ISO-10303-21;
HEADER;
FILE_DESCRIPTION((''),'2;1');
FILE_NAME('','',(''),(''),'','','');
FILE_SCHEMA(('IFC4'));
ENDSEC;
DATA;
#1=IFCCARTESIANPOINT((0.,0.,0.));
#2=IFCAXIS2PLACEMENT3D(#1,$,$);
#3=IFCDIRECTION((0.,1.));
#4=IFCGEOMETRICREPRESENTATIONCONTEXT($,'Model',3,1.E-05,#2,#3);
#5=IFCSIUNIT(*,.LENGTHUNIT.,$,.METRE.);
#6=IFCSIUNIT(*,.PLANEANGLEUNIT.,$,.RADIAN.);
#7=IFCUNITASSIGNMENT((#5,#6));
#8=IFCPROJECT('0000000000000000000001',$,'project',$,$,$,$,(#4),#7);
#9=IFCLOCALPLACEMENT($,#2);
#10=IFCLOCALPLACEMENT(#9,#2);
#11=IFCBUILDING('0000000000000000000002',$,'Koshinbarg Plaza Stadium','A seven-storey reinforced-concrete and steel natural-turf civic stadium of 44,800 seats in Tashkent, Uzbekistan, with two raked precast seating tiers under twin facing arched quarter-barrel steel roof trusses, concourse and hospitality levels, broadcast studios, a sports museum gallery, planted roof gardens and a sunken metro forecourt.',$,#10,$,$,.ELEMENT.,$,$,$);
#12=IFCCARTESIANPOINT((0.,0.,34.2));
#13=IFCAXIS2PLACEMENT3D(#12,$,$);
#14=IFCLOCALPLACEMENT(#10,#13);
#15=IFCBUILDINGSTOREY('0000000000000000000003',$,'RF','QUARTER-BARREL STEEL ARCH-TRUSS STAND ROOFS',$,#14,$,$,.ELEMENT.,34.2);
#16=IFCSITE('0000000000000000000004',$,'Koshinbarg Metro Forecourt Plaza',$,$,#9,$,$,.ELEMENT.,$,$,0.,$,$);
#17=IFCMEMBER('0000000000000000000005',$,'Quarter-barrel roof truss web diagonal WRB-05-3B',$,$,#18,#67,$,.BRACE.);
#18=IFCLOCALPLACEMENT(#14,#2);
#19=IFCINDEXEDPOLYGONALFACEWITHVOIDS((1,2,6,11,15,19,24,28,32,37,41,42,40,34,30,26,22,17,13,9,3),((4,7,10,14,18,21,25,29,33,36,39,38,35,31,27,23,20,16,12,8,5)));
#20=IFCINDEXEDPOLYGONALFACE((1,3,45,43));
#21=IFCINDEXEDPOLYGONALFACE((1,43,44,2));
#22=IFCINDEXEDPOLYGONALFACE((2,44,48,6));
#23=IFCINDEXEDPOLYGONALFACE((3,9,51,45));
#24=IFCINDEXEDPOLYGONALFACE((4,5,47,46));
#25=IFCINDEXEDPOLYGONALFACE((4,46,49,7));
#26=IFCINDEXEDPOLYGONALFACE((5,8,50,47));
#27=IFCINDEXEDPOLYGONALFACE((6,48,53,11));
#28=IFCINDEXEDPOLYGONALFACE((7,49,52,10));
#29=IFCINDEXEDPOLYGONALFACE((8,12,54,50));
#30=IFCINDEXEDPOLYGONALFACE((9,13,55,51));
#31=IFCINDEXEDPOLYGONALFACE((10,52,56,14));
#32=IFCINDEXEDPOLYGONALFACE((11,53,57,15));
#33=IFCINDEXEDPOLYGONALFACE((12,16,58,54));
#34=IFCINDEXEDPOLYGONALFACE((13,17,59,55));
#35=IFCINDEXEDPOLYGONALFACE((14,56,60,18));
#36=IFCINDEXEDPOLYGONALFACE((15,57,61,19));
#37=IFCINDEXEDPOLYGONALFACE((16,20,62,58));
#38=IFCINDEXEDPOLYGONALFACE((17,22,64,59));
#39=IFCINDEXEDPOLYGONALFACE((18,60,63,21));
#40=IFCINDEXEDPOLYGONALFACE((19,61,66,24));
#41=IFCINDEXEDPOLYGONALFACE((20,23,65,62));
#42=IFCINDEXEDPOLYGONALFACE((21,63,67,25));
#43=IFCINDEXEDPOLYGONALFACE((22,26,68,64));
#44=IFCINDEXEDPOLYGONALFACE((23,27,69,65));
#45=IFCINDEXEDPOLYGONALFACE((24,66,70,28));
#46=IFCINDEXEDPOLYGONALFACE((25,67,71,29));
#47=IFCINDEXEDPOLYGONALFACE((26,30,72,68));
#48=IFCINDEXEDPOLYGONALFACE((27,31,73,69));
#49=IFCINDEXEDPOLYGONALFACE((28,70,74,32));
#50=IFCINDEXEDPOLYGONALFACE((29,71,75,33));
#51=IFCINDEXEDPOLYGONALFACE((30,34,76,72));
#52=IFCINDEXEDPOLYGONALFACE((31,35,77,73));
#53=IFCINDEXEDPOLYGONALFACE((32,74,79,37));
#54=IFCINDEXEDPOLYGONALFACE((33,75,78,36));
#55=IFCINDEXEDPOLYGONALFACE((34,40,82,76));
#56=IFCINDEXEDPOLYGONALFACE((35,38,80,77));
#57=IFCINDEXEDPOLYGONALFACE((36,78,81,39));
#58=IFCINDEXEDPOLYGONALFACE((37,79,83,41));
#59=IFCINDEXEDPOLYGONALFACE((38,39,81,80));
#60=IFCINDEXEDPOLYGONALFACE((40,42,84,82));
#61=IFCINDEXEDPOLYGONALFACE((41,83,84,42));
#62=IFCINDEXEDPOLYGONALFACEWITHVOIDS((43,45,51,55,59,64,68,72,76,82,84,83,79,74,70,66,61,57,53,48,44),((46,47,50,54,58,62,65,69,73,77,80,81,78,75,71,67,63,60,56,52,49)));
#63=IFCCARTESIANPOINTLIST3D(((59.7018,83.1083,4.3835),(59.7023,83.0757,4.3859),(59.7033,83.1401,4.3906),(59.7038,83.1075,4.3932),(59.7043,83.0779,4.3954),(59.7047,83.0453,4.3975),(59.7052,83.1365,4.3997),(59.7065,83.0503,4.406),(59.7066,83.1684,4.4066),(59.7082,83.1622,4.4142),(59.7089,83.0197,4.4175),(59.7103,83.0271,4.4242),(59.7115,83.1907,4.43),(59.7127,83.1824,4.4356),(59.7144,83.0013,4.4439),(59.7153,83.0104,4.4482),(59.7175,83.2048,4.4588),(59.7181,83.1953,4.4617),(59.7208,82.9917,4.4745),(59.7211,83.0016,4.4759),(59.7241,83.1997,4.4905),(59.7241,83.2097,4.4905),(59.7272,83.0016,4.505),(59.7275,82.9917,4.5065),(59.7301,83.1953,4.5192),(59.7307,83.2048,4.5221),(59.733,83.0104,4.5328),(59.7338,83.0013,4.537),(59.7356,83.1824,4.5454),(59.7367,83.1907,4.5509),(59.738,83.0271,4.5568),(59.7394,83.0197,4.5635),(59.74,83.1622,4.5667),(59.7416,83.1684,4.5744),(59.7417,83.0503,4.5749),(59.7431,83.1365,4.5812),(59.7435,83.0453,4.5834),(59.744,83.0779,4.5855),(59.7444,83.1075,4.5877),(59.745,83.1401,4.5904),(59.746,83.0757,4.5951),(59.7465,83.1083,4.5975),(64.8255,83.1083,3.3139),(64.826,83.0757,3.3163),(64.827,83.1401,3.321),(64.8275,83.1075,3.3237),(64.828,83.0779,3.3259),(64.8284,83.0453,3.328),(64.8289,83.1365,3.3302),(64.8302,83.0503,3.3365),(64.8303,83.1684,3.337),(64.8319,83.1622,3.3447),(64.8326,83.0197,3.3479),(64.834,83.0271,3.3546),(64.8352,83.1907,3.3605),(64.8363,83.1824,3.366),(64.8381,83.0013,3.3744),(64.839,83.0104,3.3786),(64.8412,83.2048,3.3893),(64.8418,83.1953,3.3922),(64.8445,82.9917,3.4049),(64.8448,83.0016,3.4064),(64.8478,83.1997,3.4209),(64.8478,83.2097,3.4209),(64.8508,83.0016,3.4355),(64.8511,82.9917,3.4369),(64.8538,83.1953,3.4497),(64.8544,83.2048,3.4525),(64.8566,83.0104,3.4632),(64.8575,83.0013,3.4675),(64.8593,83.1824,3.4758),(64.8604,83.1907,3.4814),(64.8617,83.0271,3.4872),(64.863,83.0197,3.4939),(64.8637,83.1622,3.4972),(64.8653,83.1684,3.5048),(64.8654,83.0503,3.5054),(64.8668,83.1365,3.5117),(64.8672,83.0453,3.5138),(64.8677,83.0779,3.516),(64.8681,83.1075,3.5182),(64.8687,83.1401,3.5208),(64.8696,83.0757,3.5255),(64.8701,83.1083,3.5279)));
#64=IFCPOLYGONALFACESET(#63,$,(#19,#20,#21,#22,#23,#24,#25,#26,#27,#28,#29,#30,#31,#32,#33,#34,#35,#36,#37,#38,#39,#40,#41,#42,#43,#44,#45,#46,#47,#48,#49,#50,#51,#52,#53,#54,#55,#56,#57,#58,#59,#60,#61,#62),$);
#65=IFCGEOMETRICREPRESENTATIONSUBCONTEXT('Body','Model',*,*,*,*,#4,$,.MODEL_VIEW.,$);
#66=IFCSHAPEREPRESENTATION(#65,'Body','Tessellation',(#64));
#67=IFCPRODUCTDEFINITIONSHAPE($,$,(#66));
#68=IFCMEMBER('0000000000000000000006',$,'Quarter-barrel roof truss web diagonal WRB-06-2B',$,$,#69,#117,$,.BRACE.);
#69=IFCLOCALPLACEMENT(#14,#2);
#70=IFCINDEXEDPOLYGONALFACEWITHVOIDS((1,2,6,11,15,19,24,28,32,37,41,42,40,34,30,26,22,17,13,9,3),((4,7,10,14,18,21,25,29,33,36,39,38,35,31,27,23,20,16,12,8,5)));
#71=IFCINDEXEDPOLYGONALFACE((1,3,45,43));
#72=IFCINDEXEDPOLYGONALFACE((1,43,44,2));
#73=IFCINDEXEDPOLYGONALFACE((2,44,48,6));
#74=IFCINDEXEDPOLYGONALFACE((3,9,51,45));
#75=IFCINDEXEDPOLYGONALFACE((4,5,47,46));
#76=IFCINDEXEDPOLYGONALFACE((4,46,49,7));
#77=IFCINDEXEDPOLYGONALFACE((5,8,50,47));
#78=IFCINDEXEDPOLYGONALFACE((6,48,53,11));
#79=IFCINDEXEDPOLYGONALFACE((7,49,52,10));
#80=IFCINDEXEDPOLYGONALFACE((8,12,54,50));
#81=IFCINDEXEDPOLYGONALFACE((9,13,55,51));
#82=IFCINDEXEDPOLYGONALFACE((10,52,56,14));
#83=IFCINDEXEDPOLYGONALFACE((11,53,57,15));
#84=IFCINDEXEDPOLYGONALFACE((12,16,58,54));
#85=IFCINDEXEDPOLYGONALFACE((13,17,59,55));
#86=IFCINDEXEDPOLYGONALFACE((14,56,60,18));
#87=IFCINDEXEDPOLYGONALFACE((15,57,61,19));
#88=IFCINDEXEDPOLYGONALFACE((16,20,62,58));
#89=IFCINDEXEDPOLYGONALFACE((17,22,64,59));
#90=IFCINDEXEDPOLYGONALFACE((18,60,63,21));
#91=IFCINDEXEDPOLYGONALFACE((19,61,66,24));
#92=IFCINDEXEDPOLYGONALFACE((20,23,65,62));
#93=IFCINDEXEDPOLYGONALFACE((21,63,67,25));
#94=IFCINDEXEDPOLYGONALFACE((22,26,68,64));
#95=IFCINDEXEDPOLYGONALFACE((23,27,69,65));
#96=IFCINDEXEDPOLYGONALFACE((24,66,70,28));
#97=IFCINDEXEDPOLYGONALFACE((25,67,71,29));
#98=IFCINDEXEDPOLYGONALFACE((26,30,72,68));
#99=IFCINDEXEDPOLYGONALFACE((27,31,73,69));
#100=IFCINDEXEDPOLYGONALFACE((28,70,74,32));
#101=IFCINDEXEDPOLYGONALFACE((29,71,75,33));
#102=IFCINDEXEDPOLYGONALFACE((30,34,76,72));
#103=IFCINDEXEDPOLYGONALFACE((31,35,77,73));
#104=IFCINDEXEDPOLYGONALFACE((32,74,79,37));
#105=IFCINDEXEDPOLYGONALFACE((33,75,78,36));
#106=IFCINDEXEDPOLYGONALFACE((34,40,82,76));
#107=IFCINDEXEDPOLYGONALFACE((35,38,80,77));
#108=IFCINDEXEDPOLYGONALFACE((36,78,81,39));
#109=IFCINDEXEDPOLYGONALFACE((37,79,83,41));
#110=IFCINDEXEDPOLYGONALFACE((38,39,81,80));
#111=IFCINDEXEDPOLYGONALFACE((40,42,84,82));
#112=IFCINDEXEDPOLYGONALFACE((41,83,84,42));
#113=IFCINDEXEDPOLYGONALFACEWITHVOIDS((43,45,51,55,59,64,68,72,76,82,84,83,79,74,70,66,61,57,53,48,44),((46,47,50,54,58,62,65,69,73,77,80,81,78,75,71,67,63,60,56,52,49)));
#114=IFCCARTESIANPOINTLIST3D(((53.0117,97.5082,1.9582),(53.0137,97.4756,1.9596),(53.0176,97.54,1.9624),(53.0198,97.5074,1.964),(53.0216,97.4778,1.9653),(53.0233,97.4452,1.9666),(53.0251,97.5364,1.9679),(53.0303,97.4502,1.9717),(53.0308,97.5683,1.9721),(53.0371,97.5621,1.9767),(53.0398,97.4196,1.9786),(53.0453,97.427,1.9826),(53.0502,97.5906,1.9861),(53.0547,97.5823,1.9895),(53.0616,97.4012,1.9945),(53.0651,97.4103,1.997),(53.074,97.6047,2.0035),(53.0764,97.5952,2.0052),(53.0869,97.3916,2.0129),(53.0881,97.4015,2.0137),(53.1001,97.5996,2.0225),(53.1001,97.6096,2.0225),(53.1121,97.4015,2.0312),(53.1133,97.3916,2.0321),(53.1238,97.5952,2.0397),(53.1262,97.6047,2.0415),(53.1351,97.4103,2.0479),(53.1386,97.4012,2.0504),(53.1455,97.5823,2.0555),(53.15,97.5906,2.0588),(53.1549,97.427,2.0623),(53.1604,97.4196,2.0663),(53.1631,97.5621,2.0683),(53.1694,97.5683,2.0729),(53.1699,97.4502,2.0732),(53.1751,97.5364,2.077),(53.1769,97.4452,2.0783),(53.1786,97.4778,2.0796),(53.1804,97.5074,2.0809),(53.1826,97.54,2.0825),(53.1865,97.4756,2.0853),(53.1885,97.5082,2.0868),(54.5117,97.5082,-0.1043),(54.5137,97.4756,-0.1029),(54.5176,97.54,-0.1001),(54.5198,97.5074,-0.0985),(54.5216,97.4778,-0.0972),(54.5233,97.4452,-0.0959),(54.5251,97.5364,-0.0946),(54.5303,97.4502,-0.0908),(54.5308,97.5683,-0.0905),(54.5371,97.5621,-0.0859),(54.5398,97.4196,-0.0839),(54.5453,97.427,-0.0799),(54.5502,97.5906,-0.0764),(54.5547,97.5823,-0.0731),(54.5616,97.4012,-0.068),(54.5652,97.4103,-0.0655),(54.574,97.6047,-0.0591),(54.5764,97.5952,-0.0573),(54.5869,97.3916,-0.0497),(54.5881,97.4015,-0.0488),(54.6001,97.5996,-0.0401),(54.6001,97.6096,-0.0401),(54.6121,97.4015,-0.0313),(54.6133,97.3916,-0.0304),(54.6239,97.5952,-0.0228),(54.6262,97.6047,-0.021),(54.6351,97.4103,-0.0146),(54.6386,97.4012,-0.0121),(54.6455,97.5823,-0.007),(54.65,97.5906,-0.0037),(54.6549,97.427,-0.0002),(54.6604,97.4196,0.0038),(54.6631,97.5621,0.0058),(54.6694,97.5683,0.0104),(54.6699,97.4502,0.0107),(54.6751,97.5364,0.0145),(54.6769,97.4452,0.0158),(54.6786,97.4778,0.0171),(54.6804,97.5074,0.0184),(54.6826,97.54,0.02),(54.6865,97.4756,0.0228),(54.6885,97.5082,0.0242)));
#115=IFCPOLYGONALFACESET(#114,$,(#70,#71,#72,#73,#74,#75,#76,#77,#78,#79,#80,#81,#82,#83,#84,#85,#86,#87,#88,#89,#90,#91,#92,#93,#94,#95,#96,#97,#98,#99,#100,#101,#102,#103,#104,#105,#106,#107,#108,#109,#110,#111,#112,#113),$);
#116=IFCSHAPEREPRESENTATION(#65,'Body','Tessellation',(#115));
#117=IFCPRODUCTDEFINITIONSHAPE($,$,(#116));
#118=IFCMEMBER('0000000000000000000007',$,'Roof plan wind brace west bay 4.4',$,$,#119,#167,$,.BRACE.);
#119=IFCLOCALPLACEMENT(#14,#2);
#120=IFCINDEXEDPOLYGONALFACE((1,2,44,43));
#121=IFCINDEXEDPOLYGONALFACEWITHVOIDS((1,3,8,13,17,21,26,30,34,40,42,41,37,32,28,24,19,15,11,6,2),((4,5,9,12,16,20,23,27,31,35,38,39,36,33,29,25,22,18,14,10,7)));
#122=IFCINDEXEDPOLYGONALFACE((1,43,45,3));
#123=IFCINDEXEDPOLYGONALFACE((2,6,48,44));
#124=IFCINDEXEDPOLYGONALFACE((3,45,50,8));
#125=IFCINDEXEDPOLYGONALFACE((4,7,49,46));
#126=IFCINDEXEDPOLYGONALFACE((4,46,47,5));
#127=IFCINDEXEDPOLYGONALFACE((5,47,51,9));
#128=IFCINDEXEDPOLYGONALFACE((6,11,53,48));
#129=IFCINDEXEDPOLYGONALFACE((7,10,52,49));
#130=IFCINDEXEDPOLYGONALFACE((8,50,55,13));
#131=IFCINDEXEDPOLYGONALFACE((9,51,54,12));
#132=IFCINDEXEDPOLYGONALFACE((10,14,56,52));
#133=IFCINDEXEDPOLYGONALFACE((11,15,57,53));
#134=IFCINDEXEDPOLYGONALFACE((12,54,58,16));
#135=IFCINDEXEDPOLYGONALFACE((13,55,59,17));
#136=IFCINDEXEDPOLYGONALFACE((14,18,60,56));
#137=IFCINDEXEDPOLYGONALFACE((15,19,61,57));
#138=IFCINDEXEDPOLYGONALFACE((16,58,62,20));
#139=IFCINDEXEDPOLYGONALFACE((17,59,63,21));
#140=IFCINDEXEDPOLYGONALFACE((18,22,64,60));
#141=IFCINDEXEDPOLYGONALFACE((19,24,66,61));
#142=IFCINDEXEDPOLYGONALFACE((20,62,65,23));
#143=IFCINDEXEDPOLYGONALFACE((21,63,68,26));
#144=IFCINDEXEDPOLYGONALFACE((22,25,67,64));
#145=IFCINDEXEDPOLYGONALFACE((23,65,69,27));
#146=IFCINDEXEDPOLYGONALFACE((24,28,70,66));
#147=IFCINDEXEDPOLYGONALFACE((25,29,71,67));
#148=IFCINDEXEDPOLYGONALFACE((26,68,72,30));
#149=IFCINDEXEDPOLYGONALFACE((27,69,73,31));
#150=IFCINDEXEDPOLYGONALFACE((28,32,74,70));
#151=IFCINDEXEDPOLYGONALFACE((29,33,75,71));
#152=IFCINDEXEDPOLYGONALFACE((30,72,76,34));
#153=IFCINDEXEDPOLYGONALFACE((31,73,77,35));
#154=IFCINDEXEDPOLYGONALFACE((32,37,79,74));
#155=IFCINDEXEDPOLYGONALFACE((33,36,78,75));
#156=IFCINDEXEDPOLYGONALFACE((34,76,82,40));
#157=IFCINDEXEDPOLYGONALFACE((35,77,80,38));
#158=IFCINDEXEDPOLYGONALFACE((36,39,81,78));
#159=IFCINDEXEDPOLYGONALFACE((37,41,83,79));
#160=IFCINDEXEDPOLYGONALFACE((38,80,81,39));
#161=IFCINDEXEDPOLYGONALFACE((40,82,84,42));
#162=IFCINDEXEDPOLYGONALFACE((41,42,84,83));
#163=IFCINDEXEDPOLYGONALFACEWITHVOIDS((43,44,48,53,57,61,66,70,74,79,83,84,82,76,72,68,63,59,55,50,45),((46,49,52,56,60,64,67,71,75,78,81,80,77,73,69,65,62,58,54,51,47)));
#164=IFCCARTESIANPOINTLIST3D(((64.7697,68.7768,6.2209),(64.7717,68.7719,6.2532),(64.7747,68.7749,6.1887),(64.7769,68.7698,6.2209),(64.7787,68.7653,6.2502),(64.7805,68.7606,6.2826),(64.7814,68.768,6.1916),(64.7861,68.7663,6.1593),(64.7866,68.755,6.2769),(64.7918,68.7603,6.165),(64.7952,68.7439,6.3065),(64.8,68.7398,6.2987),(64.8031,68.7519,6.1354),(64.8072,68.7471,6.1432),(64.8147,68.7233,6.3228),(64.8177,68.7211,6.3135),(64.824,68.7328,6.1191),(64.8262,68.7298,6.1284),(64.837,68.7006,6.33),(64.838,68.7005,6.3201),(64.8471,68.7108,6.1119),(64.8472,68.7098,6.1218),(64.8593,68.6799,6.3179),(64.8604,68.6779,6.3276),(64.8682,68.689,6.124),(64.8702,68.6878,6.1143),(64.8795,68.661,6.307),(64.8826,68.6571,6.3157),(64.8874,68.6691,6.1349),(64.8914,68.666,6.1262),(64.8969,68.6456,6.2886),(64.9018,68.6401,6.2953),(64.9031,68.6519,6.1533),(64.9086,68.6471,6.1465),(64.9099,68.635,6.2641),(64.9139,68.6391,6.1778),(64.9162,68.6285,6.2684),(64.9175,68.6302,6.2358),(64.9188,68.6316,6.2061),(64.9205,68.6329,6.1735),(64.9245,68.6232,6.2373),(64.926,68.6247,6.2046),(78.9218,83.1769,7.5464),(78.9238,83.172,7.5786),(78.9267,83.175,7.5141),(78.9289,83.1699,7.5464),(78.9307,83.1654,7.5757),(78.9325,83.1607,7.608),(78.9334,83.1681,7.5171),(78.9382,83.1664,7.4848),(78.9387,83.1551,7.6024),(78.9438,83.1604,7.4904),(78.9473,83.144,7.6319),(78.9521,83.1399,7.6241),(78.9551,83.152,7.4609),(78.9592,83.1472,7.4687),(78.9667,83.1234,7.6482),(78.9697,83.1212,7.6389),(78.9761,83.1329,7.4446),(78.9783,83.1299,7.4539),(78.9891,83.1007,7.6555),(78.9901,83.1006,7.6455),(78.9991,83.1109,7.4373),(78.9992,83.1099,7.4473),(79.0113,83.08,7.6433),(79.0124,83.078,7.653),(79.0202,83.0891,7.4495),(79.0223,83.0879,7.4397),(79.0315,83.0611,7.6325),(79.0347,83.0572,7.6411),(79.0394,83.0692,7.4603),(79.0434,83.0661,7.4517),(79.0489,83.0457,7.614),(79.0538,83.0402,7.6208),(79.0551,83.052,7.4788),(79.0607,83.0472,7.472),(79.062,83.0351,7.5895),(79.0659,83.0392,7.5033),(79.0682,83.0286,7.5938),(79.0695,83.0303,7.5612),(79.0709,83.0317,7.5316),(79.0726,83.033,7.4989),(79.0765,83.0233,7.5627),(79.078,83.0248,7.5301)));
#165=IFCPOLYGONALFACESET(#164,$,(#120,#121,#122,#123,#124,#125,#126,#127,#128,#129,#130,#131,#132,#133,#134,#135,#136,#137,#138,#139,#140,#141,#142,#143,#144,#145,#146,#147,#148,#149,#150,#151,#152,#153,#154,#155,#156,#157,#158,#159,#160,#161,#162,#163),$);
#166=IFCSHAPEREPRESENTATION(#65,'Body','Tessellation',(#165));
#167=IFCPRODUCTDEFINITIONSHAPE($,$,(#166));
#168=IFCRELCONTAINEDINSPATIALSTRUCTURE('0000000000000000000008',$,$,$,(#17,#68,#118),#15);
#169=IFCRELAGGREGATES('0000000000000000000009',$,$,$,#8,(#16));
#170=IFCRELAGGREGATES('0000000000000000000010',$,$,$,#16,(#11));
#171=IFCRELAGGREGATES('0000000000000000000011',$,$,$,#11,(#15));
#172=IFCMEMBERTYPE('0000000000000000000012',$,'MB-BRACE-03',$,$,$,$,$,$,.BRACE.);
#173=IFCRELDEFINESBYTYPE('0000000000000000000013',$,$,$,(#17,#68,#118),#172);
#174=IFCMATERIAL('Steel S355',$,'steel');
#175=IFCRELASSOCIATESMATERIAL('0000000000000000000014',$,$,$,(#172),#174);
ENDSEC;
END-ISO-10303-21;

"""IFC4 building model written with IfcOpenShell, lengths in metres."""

from ifc_helpers import new_model, si_unit, direction, frame, origin, origin_2d, place, context, subcontext, project, spatial, hollow_circle, extrude, material, material_profile, profile_set, type_object, element, save


model = new_model("IFC4")

# Units and contexts
model_context = context("Model", 3, precision=1e-05, world=origin(), true_north=direction((0.0, 1.0)))
body_context = subcontext(model_context, "Body", "Model", "MODEL_VIEW")
ifc_project = project(units=[si_unit("LENGTHUNIT", "METRE"), si_unit("PLANEANGLEUNIT", "RADIAN")], contexts=[model_context])

# Site, building, storey
site_placement = place(None, origin())
site = spatial("IfcSite", under=ifc_project, at=site_placement, Name="Koshinbarg Metro Forecourt Plaza", CompositionType="ELEMENT", RefElevation=0.0)
building_placement = place(site_placement, origin())
building = spatial("IfcBuilding", under=site, at=building_placement, Name="Koshinbarg Plaza Stadium", Description="A seven-storey reinforced-concrete and steel natural-turf civic stadium of 44,800 seats in Tashkent, Uzbekistan, with two raked precast seating tiers under twin facing arched quarter-barrel steel roof trusses, concourse and hospitality levels, broadcast studios, a sports museum gallery, planted roof gardens and a sunken metro forecourt.", CompositionType="ELEMENT")
storey_placement = place(building_placement, frame((0.0, 0.0, 34.2)))
storey = spatial("IfcBuildingStorey", under=building, at=storey_placement, Name="RF", Description="QUARTER-BARREL STEEL ARCH-TRUSS STAND ROOFS", CompositionType="ELEMENT", Elevation=34.2)

# Members
ifc_material_1 = material(Name="Steel S355", Category="steel")
ifc_material_profile_1 = material_profile(ifc_material_1, hollow_circle(Radius=0.1096, WallThickness=0.01, at=origin_2d()), Name="CHS 219.1x10")
ifc_profile_set_1 = profile_set([ifc_material_profile_1], Name="Steel S355")
member_type_1 = type_object("IfcMemberType", Name="MB-BRACE-03", PredefinedType="BRACE", material=ifc_profile_set_1)
member_1_placement = place(storey_placement, frame((59.7241, 83.1001, 4.4905), z_axis=(0.978899, 0.0, -0.204344), x_axis=(0.0, 1.0, 0.0)))
element("IfcMember", 1, at=member_1_placement, inside=storey, type_object=member_type_1, Name="Quarter-barrel roof truss web diagonal WRB-05-3B", PredefinedType="BRACE", context=body_context, shape_type="SweptSolid", body=[
    extrude(hollow_circle(Radius=0.1096, WallThickness=0.01, at=origin_2d()), origin(), (0.0, 0.0, 1.0), 5.2341),
])
member_2_placement = place(storey_placement, frame((53.1001, 97.5, 2.0225), z_axis=(0.588172, 0.0, -0.808736), x_axis=(0.0, 1.0, 0.0)))
element("IfcMember", 2, at=member_2_placement, inside=storey, type_object=member_type_1, Name="Quarter-barrel roof truss web diagonal WRB-06-2B", PredefinedType="BRACE", context=body_context, shape_type="SweptSolid", body=[
    extrude(hollow_circle(Radius=0.1096, WallThickness=0.01, at=origin_2d()), origin(), (0.0, 0.0, 1.0), 2.5503),
])
for number, where, z_axis, x_axis, name in (
    (3, (64.8479, 68.7, 6.2209), (0.699432, 0.711691, 0.065507), (-0.713223, 0.700937, 0.0), "Roof plan wind brace west bay 4.4"),
):
    element("IfcMember", number, at=place(storey_placement, frame(where, z_axis=z_axis, x_axis=x_axis)), inside=storey, type_object=member_type_1, Name=name, PredefinedType="BRACE", context=body_context, shape_type="SweptSolid", body=[
        extrude(hollow_circle(Radius=0.1096, WallThickness=0.01, at=origin_2d()), origin(), (0.0, 0.0, 1.0), 20.2336),
    ])

save(model, "model.ifc")
